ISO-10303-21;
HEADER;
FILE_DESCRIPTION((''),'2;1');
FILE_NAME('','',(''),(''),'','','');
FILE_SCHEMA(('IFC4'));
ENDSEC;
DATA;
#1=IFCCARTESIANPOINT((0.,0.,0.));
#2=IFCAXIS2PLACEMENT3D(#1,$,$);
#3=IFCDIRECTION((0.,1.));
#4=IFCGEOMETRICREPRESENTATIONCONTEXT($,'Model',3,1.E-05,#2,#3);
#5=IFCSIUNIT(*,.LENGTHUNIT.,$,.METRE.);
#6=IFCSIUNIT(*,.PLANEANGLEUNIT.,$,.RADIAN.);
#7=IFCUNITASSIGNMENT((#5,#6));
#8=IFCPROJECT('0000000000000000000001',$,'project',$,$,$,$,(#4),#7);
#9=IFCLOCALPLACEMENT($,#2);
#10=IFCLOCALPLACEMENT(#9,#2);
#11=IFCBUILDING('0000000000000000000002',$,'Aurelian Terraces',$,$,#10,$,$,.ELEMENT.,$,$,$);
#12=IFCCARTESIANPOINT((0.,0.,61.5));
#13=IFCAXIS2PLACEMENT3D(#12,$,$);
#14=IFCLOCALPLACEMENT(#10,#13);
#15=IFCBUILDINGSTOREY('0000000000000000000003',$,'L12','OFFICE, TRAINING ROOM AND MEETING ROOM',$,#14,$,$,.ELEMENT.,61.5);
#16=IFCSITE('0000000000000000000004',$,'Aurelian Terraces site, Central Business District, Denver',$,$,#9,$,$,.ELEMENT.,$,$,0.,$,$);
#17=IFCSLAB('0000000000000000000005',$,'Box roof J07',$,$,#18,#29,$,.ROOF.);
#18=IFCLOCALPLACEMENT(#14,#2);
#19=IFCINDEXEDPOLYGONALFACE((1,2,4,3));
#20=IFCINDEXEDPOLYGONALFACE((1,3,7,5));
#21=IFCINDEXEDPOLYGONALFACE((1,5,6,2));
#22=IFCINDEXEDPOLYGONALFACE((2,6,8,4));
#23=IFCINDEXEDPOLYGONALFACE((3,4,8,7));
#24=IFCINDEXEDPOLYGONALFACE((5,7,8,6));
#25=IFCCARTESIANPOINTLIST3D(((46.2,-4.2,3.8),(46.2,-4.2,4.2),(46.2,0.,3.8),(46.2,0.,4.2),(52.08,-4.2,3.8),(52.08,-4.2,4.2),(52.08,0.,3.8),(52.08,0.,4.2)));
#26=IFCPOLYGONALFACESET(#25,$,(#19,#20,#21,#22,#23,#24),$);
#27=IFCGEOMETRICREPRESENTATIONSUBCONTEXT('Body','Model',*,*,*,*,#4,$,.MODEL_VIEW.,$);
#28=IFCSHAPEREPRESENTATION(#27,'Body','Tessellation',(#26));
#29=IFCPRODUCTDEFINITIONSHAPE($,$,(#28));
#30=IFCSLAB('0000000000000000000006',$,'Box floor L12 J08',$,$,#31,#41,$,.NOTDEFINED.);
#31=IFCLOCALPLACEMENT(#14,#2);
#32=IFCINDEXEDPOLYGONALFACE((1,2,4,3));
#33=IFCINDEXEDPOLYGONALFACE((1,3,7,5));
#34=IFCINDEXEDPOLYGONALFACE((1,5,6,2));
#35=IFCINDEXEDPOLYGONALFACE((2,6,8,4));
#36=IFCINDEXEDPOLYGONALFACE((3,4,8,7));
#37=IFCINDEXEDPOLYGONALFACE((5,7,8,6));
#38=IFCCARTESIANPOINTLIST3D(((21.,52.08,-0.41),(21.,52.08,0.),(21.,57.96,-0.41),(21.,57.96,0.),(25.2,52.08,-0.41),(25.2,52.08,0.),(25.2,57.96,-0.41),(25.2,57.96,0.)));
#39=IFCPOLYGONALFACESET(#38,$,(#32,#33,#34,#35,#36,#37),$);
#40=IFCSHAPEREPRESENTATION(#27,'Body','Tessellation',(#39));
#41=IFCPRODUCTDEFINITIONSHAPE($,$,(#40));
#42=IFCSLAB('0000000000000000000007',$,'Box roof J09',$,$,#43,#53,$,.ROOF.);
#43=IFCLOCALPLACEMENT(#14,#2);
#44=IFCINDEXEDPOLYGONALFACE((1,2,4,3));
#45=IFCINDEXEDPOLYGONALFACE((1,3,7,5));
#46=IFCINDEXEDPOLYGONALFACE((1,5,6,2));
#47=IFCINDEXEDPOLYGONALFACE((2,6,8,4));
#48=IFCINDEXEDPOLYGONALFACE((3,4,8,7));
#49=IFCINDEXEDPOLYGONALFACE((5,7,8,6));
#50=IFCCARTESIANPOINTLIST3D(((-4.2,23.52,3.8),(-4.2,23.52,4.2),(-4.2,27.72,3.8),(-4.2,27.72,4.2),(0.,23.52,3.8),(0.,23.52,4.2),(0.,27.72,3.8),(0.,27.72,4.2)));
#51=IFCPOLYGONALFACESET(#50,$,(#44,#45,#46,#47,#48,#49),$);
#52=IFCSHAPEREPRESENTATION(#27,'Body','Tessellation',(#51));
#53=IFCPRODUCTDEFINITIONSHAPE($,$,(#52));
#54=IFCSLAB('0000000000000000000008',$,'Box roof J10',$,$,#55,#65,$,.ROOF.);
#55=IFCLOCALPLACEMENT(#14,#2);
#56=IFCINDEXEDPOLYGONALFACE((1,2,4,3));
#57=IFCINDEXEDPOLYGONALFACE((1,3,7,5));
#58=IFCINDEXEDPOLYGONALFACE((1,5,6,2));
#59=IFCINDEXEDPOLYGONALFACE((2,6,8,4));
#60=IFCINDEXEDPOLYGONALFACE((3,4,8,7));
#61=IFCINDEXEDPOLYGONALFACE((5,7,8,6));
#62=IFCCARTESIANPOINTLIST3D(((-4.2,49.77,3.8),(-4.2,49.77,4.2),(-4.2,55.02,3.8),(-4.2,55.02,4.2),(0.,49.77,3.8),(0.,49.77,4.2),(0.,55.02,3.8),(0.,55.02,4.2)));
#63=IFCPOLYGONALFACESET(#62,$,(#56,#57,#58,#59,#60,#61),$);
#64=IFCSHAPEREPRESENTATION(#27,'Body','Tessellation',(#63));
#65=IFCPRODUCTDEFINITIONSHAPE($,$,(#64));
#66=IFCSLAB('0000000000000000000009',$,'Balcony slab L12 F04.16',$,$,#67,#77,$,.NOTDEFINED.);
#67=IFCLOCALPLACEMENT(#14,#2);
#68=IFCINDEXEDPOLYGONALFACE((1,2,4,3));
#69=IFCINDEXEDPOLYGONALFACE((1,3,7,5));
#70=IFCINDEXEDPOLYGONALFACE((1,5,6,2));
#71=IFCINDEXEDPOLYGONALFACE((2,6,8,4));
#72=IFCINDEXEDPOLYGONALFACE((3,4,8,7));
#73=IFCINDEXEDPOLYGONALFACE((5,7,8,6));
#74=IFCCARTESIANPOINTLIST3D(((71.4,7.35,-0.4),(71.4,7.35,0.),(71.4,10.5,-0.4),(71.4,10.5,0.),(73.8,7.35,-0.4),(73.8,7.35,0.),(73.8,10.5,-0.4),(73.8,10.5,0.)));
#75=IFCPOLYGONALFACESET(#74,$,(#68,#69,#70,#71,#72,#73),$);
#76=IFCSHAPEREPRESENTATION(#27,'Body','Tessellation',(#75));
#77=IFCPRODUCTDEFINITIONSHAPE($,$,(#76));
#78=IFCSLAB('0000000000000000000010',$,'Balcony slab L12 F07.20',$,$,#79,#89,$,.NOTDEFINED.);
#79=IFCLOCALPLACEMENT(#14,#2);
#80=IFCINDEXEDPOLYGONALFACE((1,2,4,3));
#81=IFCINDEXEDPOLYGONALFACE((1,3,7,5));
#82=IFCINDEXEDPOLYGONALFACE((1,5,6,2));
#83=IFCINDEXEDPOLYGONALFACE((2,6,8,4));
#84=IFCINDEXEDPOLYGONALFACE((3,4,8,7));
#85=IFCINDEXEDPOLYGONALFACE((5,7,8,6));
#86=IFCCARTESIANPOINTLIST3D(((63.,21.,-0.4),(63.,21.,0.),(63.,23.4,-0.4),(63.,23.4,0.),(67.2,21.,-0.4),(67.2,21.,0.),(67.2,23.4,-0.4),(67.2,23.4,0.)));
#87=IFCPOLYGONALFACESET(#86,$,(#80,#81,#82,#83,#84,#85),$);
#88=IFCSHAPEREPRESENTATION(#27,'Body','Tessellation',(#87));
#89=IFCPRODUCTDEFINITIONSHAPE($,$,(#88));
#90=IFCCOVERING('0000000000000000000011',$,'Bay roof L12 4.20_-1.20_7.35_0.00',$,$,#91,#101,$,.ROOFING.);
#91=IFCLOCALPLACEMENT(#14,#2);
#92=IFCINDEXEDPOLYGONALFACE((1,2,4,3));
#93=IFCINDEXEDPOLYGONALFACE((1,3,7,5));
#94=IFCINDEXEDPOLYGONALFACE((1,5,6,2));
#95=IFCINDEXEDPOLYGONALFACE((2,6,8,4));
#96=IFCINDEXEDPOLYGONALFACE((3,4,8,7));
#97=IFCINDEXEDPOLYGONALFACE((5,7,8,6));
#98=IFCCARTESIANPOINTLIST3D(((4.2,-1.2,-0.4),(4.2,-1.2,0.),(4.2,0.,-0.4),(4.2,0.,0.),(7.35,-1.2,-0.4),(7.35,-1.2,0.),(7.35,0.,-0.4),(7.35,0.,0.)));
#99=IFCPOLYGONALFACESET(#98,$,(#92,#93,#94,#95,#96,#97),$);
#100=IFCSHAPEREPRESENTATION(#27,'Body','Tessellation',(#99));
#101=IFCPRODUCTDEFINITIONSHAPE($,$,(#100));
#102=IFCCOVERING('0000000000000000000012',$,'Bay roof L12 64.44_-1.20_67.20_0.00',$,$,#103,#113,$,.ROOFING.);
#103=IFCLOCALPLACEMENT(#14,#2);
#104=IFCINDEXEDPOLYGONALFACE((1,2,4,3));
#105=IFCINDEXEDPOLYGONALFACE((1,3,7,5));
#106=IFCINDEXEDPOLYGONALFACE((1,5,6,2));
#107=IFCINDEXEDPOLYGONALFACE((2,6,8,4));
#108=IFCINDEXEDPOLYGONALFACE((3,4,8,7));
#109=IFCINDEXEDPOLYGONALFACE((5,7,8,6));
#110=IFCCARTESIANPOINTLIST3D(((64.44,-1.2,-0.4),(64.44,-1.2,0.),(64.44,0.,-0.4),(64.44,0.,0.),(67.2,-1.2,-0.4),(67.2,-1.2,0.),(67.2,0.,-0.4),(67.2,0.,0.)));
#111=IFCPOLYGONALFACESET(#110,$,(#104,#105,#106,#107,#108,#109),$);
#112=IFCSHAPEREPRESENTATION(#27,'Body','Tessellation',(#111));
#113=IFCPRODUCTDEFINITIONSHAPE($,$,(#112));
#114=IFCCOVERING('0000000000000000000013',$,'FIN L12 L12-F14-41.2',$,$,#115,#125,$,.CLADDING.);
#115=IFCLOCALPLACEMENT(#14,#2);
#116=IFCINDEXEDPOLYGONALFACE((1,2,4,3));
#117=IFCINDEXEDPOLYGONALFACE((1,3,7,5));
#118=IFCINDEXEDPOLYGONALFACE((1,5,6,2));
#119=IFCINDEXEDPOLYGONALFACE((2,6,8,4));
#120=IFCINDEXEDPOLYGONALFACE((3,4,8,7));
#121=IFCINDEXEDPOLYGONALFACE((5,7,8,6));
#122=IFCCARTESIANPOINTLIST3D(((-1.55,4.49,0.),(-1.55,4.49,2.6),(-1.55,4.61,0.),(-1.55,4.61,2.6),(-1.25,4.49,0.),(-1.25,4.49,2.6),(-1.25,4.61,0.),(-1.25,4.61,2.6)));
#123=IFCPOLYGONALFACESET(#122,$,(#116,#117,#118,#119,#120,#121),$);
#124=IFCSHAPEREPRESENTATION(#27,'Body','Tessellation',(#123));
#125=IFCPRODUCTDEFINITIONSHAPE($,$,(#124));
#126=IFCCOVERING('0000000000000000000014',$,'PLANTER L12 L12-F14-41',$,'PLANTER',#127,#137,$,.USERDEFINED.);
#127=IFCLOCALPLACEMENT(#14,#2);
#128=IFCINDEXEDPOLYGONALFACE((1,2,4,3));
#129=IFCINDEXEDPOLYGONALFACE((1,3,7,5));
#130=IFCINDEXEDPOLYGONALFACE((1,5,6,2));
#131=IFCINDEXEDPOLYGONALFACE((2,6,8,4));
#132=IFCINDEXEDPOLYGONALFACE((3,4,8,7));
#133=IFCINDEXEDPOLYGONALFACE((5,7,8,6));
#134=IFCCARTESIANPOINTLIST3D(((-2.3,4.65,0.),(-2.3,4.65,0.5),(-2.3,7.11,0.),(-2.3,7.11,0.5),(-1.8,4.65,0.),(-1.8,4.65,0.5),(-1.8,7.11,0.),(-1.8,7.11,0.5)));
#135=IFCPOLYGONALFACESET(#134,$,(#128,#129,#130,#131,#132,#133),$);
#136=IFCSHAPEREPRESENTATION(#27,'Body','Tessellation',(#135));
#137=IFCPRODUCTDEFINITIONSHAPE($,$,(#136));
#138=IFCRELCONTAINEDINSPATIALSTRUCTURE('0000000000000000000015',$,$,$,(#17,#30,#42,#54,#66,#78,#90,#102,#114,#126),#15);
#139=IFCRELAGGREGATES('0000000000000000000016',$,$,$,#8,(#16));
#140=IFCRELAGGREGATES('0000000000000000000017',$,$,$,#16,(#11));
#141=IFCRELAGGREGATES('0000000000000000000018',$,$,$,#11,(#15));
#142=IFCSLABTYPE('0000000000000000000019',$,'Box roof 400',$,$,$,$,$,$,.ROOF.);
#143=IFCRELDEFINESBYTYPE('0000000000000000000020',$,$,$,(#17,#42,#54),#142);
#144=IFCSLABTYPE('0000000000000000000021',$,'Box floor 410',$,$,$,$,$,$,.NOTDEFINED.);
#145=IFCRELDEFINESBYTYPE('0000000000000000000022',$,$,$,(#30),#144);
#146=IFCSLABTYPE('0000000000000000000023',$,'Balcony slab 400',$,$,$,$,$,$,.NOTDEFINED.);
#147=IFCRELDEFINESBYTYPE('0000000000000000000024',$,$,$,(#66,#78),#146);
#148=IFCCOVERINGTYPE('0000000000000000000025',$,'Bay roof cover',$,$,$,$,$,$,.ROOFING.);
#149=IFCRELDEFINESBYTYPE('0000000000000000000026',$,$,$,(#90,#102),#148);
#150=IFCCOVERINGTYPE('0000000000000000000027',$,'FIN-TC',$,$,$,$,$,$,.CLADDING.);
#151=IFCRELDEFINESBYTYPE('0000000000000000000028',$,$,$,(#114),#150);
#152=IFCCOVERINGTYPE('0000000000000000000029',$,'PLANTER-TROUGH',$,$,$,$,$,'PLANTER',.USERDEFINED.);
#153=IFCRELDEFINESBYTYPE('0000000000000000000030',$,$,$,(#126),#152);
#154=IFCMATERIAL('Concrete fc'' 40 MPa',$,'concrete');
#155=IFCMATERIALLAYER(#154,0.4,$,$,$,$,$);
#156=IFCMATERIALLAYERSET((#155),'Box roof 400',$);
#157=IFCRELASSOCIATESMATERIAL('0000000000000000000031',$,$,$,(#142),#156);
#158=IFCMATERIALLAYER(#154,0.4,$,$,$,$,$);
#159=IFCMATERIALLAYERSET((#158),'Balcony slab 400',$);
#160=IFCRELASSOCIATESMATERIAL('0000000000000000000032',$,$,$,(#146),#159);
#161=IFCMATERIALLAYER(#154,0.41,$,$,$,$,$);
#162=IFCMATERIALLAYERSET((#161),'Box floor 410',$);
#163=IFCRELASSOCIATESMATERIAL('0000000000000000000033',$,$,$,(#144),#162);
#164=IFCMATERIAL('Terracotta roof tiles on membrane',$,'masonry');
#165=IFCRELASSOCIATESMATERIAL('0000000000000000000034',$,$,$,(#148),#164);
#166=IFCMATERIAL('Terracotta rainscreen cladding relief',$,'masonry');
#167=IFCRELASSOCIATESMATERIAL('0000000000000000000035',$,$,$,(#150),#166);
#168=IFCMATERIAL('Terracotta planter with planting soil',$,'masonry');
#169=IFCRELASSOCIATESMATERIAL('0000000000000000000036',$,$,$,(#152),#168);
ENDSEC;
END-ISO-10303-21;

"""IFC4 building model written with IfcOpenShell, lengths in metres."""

from ifc_helpers import new_model, si_unit, direction, frame, origin, origin_2d, place, context, subcontext, project, spatial, polyline, rectangle, outline, extrude, source, transform, mapped, material, layer, layer_set, type_object, element, save


model = new_model("IFC4")

# Units and contexts
model_context = context("Model", 3, precision=1e-05, world=origin(), true_north=direction((0.0, 1.0)))
body_context = subcontext(model_context, "Body", "Model", "MODEL_VIEW")
ifc_project = project(units=[si_unit("LENGTHUNIT", "METRE"), si_unit("PLANEANGLEUNIT", "RADIAN")], contexts=[model_context])

# Site, building, storey
site_placement = place(None, origin())
site = spatial("IfcSite", under=ifc_project, at=site_placement, Name="Aurelian Terraces site, Central Business District, Denver", CompositionType="ELEMENT", RefElevation=0.0)
building_placement = place(site_placement, origin())
building = spatial("IfcBuilding", under=site, at=building_placement, Name="Aurelian Terraces", CompositionType="ELEMENT")
storey_placement = place(building_placement, frame((0.0, 0.0, 61.5)))
storey = spatial("IfcBuildingStorey", under=building, at=storey_placement, Name="L12", Description="OFFICE, TRAINING ROOM AND MEETING ROOM", CompositionType="ELEMENT", Elevation=61.5)

# Slabs
ifc_material_1 = material(Name="Concrete fc' 40 MPa", Category="concrete")
ifc_layer_1 = layer(ifc_material_1, 0.4)
ifc_layer_set_1 = layer_set([ifc_layer_1], Name="Box roof 400")
slab_type_1 = type_object("IfcSlabType", Name="Box roof 400", PredefinedType="ROOF", material=ifc_layer_set_1)
ifc_layer_2 = layer(ifc_material_1, 0.4)
ifc_layer_set_2 = layer_set([ifc_layer_2], Name="Balcony slab 400")
slab_type_2 = type_object("IfcSlabType", Name="Balcony slab 400", PredefinedType="NOTDEFINED", material=ifc_layer_set_2)
ifc_layer_3 = layer(ifc_material_1, 0.41)
ifc_layer_set_3 = layer_set([ifc_layer_3], Name="Box floor 410")
slab_type_3 = type_object("IfcSlabType", Name="Box floor 410", PredefinedType="NOTDEFINED", material=ifc_layer_set_3)
shared_shape_1 = source(origin(), body_context, "Body", "SweptSolid", [
    extrude(outline(polyline([(46.2, -4.2), (52.08, -4.2), (52.08, 0.0), (46.2, 0.0), (46.2, -4.2)])), origin(), (0.0, 0.0, 1.0), 0.4),
])
slab_1_placement = place(storey_placement, frame((0.0, 0.0, 3.8)))
element("IfcSlab", 1, at=slab_1_placement, inside=storey, type_object=slab_type_1, Name="Box roof J07", PredefinedType="ROOF", context=body_context, shape_type="MappedRepresentation", body=[
    mapped(shared_shape_1, transform((0.0, 0.0, 0.0), scale=1.0)),
])
shared_shape_2 = source(origin(), body_context, "Body", "SweptSolid", [
    extrude(outline(polyline([(25.2, 52.08), (25.2, 57.96), (21.0, 57.96), (21.0, 52.08), (25.2, 52.08)])), origin(), (0.0, 0.0, 1.0), 0.41),
])
slab_2_placement = place(storey_placement, frame((0.0, 0.0, -0.41)))
element("IfcSlab", 2, at=slab_2_placement, inside=storey, type_object=slab_type_3, Name="Box floor L12 J08", PredefinedType="NOTDEFINED", context=body_context, shape_type="MappedRepresentation", body=[
    mapped(shared_shape_2, transform((0.0, 0.0, 0.0), scale=1.0)),
])
shared_shape_3 = source(origin(), body_context, "Body", "SweptSolid", [
    extrude(outline(polyline([(-4.2, 27.72), (-4.2, 23.52), (0.0, 23.52), (0.0, 27.72), (-4.2, 27.72)])), origin(), (0.0, 0.0, 1.0), 0.4),
])
slab_3_placement = place(storey_placement, frame((0.0, 0.0, 3.8)))
element("IfcSlab", 3, at=slab_3_placement, inside=storey, type_object=slab_type_1, Name="Box roof J09", PredefinedType="ROOF", context=body_context, shape_type="MappedRepresentation", body=[
    mapped(shared_shape_3, transform((0.0, 0.0, 0.0), scale=1.0)),
])
shared_shape_4 = source(origin(), body_context, "Body", "SweptSolid", [
    extrude(outline(polyline([(-4.2, 55.02), (-4.2, 49.77), (0.0, 49.77), (0.0, 55.02), (-4.2, 55.02)])), origin(), (0.0, 0.0, 1.0), 0.4),
])
slab_4_placement = place(storey_placement, frame((0.0, 0.0, 3.8)))
element("IfcSlab", 4, at=slab_4_placement, inside=storey, type_object=slab_type_1, Name="Box roof J10", PredefinedType="ROOF", context=body_context, shape_type="MappedRepresentation", body=[
    mapped(shared_shape_4, transform((0.0, 0.0, 0.0), scale=1.0)),
])
shared_shape_5 = source(origin(), body_context, "Body", "SweptSolid", [
    extrude(outline(polyline([(71.4, 7.35), (71.4, 10.5), (73.8, 10.5), (73.8, 7.35), (71.4, 7.35)])), origin(), (0.0, 0.0, 1.0), 0.4),
])
slab_5_placement = place(storey_placement, frame((0.0, 0.0, -0.4)))
element("IfcSlab", 5, at=slab_5_placement, inside=storey, type_object=slab_type_2, Name="Balcony slab L12 F04.16", PredefinedType="NOTDEFINED", context=body_context, shape_type="MappedRepresentation", body=[
    mapped(shared_shape_5, transform((0.0, 0.0, 0.0), scale=1.0)),
])
shared_shape_6 = source(origin(), body_context, "Body", "SweptSolid", [
    extrude(outline(polyline([(67.2, 21.0), (63.0, 21.0), (63.0, 23.4), (67.2, 23.4), (67.2, 21.0)])), origin(), (0.0, 0.0, 1.0), 0.4),
])
slab_6_placement = place(storey_placement, frame((0.0, 0.0, -0.4)))
element("IfcSlab", 6, at=slab_6_placement, inside=storey, type_object=slab_type_2, Name="Balcony slab L12 F07.20", PredefinedType="NOTDEFINED", context=body_context, shape_type="MappedRepresentation", body=[
    mapped(shared_shape_6, transform((0.0, 0.0, 0.0), scale=1.0)),
])

# Coverings
ifc_material_2 = material(Name="Terracotta roof tiles on membrane", Category="masonry")
covering_type_1 = type_object("IfcCoveringType", Name="Bay roof cover", PredefinedType="ROOFING", material=ifc_material_2)
covering_1_placement = place(storey_placement, frame((0.0, 0.0, -0.4)))
element("IfcCovering", 7, at=covering_1_placement, inside=storey, type_object=covering_type_1, Name="Bay roof L12 4.20_-1.20_7.35_0.00", PredefinedType="ROOFING", context=body_context, shape_type="SweptSolid", body=[
    extrude(outline(polyline([(7.35, 0.0), (7.35, -1.2), (4.2, -1.2), (4.2, 0.0), (7.35, 0.0)])), origin(), (0.0, 0.0, 1.0), 0.4),
])
covering_2_placement = place(storey_placement, frame((0.0, 0.0, -0.4)))
element("IfcCovering", 8, at=covering_2_placement, inside=storey, type_object=covering_type_1, Name="Bay roof L12 64.44_-1.20_67.20_0.00", PredefinedType="ROOFING", context=body_context, shape_type="SweptSolid", body=[
    extrude(outline(polyline([(67.2, 0.0), (67.2, -1.2), (64.44, -1.2), (64.44, 0.0), (67.2, 0.0)])), origin(), (0.0, 0.0, 1.0), 0.4),
])
ifc_material_3 = material(Name="Terracotta rainscreen cladding relief", Category="masonry")
covering_type_2 = type_object("IfcCoveringType", Name="FIN-TC", PredefinedType="CLADDING", material=ifc_material_3)
shared_shape_7 = source(origin(), body_context, "Body", "SweptSolid", [
    extrude(rectangle(XDim=0.3, YDim=0.12, at=origin_2d()), origin(), (0.0, 0.0, 1.0), 2.6),
])
covering_3_placement = place(storey_placement, frame((-1.4, 4.55, 0.0), z_axis=(0.0, 0.0, 1.0), x_axis=(1.0, 0.0, 0.0)))
element("IfcCovering", 9, at=covering_3_placement, inside=storey, type_object=covering_type_2, Name="FIN L12 L12-F14-41.2", PredefinedType="CLADDING", context=body_context, shape_type="MappedRepresentation", body=[
    mapped(shared_shape_7, transform((0.0, 0.0, 0.0), scale=1.0)),
])
ifc_material_4 = material(Name="Terracotta planter with planting soil", Category="masonry")
covering_type_3 = type_object("IfcCoveringType", Name="PLANTER-TROUGH", ElementType="PLANTER", PredefinedType="USERDEFINED", material=ifc_material_4)
shared_shape_8 = source(origin(), body_context, "Body", "SweptSolid", [
    extrude(rectangle(XDim=0.5, YDim=2.46, at=origin_2d()), origin(), (0.0, 0.0, 1.0), 0.5),
])
covering_4_placement = place(storey_placement, frame((-2.05, 5.88, 0.0), z_axis=(0.0, 0.0, 1.0), x_axis=(1.0, 0.0, 0.0)))
element("IfcCovering", 10, at=covering_4_placement, inside=storey, type_object=covering_type_3, Name="PLANTER L12 L12-F14-41", ObjectType="PLANTER", PredefinedType="USERDEFINED", context=body_context, shape_type="MappedRepresentation", body=[
    mapped(shared_shape_8, transform((0.0, 0.0, 0.0), scale=1.0)),
])

save(model, "model.ifc")
